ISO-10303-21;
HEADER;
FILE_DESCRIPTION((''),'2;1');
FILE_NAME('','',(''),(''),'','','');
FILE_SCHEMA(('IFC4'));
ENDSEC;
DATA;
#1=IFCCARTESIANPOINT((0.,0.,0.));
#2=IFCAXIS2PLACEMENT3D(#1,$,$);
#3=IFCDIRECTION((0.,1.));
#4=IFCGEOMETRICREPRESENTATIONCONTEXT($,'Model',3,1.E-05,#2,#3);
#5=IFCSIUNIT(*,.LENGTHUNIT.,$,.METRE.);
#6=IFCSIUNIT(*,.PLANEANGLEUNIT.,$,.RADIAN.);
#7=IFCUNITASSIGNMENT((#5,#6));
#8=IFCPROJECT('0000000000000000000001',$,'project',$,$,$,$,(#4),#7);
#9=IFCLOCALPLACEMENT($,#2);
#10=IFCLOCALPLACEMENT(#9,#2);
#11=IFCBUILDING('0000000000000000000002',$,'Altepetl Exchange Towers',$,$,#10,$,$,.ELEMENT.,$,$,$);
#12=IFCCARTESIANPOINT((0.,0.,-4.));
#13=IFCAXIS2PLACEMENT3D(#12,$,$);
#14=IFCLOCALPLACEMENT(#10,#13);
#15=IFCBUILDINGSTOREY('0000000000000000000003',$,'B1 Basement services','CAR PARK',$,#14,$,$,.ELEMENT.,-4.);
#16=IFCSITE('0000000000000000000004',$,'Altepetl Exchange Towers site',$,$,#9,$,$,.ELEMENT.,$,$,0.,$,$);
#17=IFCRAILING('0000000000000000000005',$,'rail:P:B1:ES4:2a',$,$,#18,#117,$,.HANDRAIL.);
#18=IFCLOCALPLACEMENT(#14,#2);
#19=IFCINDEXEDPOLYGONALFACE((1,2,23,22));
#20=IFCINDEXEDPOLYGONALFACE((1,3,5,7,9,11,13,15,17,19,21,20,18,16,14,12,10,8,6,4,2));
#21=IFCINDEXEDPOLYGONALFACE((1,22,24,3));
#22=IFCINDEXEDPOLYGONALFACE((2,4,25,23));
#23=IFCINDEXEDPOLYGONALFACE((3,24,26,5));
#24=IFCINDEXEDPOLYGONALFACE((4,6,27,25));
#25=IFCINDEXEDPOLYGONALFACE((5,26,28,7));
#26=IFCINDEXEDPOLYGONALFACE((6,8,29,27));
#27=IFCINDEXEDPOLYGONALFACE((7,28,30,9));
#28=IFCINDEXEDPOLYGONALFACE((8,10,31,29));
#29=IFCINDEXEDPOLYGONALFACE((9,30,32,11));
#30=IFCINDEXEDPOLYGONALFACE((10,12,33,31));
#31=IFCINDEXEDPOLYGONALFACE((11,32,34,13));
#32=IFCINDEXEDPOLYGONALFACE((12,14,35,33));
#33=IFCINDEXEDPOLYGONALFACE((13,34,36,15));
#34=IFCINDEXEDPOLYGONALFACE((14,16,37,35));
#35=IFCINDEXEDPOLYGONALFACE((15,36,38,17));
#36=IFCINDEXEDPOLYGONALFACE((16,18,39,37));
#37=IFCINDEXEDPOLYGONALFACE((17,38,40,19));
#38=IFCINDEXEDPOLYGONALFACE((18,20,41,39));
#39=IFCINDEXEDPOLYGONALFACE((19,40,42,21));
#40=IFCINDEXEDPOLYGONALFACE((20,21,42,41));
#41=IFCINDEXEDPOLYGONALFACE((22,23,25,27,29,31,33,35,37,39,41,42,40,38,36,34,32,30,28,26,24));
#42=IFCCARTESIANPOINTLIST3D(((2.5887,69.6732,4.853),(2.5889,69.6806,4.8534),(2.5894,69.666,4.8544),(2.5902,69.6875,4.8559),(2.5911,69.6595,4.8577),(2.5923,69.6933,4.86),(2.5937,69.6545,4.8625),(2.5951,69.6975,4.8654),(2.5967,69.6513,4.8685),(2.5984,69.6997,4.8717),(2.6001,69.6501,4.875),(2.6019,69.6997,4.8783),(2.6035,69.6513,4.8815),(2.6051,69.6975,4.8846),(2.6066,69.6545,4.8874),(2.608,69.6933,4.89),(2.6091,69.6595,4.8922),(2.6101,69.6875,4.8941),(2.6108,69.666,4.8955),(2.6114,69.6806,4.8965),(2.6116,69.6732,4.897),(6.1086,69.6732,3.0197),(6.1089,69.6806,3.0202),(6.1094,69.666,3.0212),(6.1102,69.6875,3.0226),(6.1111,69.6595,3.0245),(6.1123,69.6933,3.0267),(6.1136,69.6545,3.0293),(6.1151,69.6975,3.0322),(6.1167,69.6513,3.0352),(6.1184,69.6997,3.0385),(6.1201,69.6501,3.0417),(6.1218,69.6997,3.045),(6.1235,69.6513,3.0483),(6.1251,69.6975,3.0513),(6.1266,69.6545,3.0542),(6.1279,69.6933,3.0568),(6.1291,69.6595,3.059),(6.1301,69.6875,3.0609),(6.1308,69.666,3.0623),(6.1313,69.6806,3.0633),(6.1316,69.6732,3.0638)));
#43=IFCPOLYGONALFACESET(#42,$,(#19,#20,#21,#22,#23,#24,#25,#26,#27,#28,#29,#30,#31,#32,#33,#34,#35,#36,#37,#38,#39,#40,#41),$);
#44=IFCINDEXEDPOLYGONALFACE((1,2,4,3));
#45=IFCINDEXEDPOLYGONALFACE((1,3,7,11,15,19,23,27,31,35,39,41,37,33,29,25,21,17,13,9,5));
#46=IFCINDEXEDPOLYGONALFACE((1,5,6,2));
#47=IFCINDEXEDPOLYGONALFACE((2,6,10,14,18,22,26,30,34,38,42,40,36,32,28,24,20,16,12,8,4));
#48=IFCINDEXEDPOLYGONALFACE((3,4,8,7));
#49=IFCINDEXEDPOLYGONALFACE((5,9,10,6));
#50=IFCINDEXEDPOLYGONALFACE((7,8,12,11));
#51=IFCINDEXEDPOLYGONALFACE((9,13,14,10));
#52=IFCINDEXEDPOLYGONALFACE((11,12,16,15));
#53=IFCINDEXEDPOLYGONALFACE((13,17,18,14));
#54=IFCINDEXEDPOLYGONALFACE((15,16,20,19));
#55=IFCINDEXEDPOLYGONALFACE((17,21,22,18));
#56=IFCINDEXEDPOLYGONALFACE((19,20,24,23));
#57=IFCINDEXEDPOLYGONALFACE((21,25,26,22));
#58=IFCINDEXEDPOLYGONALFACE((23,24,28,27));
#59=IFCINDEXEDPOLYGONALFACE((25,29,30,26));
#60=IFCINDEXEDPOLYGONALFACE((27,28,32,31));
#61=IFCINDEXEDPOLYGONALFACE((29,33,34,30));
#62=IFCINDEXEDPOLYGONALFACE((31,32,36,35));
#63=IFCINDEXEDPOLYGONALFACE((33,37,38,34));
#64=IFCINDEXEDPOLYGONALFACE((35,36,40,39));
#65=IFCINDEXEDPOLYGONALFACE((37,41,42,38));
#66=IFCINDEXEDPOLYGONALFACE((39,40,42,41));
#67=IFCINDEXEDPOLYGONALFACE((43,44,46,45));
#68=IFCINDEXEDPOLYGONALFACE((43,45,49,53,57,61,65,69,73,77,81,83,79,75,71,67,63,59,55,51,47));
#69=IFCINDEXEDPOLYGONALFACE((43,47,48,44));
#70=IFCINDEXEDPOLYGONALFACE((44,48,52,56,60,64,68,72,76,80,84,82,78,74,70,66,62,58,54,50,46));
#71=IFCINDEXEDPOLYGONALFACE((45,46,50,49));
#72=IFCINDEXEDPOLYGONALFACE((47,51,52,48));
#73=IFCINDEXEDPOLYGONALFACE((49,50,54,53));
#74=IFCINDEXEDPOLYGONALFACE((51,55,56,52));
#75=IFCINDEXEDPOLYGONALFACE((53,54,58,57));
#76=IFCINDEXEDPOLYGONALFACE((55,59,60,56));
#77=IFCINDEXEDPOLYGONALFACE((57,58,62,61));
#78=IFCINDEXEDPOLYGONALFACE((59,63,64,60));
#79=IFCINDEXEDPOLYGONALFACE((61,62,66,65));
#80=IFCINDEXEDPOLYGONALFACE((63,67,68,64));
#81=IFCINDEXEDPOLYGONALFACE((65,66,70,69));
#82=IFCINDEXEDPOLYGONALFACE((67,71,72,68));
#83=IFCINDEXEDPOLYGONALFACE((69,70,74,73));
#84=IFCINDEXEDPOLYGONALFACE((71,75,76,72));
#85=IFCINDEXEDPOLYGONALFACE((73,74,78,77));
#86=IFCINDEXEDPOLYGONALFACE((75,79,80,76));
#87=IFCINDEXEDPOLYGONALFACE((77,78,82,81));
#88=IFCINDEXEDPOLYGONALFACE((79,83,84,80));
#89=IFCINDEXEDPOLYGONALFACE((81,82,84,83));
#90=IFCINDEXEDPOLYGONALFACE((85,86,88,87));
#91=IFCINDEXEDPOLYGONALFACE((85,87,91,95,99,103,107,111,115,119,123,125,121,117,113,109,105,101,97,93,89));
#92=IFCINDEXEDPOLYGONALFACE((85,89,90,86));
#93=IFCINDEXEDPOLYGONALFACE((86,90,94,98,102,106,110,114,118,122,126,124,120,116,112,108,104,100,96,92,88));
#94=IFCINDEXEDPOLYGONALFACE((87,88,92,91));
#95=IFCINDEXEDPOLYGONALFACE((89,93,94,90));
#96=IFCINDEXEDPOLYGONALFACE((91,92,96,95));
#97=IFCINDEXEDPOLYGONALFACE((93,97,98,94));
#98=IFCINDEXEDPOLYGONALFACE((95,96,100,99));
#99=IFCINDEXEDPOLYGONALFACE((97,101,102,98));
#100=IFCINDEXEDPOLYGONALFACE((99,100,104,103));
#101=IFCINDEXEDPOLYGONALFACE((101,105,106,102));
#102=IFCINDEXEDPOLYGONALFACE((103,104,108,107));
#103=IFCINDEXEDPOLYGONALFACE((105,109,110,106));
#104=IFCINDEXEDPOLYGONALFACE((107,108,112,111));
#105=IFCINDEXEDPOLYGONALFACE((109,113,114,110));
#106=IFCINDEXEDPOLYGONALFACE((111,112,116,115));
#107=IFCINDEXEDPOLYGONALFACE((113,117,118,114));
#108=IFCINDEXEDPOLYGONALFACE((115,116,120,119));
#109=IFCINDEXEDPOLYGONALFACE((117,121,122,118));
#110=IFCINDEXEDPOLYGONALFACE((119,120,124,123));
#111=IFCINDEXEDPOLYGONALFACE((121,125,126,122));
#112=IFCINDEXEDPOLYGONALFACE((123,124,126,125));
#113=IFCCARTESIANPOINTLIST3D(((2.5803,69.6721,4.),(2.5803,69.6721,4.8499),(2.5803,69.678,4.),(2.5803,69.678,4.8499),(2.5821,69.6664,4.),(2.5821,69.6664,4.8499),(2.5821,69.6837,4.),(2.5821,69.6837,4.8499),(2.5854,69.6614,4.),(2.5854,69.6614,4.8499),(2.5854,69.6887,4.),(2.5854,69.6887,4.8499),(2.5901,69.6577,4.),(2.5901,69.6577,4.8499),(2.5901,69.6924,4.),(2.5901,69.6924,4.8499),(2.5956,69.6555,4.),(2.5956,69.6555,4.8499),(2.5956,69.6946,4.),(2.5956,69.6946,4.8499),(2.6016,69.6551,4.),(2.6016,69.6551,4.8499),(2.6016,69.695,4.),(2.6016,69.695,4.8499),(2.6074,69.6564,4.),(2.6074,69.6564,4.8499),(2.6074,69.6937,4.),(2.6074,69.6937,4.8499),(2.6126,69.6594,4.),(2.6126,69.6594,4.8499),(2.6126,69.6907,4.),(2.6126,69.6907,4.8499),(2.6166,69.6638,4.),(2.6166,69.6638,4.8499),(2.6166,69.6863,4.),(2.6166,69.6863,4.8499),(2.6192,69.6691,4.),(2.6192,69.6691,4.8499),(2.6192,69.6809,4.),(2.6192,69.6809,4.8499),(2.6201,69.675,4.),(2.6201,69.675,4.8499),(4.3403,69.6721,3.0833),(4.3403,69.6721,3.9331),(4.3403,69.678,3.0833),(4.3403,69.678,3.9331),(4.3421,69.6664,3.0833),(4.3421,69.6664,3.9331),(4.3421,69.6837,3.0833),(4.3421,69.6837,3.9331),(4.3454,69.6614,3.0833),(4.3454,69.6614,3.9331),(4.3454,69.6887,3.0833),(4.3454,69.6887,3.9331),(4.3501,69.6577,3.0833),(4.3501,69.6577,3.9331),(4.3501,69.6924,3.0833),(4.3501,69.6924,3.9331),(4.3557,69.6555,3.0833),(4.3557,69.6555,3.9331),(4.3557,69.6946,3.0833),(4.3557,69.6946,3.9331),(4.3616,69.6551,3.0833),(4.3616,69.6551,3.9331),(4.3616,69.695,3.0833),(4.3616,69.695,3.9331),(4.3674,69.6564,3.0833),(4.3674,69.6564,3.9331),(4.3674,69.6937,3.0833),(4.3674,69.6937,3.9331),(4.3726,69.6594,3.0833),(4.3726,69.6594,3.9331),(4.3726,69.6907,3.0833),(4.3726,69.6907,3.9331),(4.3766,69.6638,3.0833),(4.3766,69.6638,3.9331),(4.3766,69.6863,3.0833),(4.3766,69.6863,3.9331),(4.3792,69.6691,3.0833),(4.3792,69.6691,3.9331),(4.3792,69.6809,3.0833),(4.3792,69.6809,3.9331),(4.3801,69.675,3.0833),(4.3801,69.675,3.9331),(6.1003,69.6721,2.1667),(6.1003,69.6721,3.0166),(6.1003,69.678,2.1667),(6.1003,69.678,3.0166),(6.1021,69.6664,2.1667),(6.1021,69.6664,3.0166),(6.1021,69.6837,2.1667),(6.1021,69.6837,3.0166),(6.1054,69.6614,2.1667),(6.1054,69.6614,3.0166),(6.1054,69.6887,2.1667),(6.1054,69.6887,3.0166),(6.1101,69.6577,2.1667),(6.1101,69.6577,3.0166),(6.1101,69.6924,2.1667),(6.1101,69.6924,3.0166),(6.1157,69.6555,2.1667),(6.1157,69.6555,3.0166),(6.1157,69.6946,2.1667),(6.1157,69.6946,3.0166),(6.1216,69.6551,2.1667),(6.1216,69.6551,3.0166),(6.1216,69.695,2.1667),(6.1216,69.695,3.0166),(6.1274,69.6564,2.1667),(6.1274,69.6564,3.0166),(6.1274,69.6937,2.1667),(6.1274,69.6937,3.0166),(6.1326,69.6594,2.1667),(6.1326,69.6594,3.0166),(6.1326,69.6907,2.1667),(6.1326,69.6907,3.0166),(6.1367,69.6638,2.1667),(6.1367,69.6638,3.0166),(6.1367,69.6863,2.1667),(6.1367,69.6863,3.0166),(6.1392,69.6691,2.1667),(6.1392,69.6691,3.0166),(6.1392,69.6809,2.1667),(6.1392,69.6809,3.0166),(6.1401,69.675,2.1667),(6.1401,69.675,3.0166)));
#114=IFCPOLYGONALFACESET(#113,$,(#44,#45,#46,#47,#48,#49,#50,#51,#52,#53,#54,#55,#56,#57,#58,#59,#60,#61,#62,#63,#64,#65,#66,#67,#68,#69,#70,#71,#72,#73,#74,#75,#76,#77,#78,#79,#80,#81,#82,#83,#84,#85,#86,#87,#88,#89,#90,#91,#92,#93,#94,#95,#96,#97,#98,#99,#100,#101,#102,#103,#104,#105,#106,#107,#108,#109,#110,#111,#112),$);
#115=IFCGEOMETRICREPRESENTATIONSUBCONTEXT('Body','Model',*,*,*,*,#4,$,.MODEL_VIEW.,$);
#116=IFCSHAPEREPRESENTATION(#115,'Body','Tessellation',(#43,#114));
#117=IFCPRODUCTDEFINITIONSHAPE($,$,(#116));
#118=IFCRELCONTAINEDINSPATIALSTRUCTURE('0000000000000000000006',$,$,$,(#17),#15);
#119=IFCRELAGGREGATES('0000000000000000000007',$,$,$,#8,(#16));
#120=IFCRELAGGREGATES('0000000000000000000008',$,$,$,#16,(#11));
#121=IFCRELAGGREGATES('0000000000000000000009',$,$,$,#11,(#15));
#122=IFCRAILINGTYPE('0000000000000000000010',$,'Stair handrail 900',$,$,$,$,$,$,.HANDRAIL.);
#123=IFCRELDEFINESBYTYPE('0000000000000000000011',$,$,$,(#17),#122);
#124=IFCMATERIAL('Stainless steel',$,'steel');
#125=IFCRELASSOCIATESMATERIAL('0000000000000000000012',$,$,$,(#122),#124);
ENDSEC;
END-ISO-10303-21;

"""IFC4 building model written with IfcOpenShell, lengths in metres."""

from ifc_helpers import new_model, si_unit, direction, frame, origin, origin_2d, place, context, subcontext, project, spatial, circle, extrude, source, transform, mapped, material, type_object, element, save


model = new_model("IFC4")

# Units and contexts
model_context = context("Model", 3, precision=1e-05, world=origin(), true_north=direction((0.0, 1.0)))
body_context = subcontext(model_context, "Body", "Model", "MODEL_VIEW")
ifc_project = project(units=[si_unit("LENGTHUNIT", "METRE"), si_unit("PLANEANGLEUNIT", "RADIAN")], contexts=[model_context])

# Site, building, storey
site_placement = place(None, origin())
site = spatial("IfcSite", under=ifc_project, at=site_placement, Name="Altepetl Exchange Towers site", CompositionType="ELEMENT", RefElevation=0.0)
building_placement = place(site_placement, origin())
building = spatial("IfcBuilding", under=site, at=building_placement, Name="Altepetl Exchange Towers", CompositionType="ELEMENT")
storey_placement = place(building_placement, frame((0.0, 0.0, -4.0)))
storey = spatial("IfcBuildingStorey", under=building, at=storey_placement, Name="B1 Basement services", Description="CAR PARK", CompositionType="ELEMENT", Elevation=-4.0)

# Railing
ifc_material_1 = material(Name="Stainless steel", Category="steel")
railing_type_1 = type_object("IfcRailingType", Name="Stair handrail 900", PredefinedType="HANDRAIL", material=ifc_material_1)
shared_shape_1 = source(origin(), body_context, "Body", "SweptSolid", [
    extrude(circle(Radius=0.02, at=origin_2d()), origin(), (0.0, 0.0, 1.0), 0.8499),
])
railing_1_placement = place(storey_placement, frame((6.1201, 69.675, 2.1667)))
element("IfcRailing", 1, at=railing_1_placement, inside=storey, type_object=railing_type_1, Name="rail:P:B1:ES4:2a", PredefinedType="HANDRAIL", context=body_context, shape_type="SweptSolid", body=[
    extrude(circle(Radius=0.0249, at=origin_2d()), frame((0.0, 0.0, 0.875), z_axis=(-0.886924, 0.0, 0.461916), x_axis=(0.0, -1.0, 0.0)), (0.0, 0.0, 1.0), 3.9688),
    mapped(shared_shape_1, transform((0.0, 0.0, 0.0))),
    mapped(shared_shape_1, transform((-1.76, 0.0, 0.9165))),
    mapped(shared_shape_1, transform((-3.52, 0.0, 1.8333))),
])

save(model, "model.ifc")
